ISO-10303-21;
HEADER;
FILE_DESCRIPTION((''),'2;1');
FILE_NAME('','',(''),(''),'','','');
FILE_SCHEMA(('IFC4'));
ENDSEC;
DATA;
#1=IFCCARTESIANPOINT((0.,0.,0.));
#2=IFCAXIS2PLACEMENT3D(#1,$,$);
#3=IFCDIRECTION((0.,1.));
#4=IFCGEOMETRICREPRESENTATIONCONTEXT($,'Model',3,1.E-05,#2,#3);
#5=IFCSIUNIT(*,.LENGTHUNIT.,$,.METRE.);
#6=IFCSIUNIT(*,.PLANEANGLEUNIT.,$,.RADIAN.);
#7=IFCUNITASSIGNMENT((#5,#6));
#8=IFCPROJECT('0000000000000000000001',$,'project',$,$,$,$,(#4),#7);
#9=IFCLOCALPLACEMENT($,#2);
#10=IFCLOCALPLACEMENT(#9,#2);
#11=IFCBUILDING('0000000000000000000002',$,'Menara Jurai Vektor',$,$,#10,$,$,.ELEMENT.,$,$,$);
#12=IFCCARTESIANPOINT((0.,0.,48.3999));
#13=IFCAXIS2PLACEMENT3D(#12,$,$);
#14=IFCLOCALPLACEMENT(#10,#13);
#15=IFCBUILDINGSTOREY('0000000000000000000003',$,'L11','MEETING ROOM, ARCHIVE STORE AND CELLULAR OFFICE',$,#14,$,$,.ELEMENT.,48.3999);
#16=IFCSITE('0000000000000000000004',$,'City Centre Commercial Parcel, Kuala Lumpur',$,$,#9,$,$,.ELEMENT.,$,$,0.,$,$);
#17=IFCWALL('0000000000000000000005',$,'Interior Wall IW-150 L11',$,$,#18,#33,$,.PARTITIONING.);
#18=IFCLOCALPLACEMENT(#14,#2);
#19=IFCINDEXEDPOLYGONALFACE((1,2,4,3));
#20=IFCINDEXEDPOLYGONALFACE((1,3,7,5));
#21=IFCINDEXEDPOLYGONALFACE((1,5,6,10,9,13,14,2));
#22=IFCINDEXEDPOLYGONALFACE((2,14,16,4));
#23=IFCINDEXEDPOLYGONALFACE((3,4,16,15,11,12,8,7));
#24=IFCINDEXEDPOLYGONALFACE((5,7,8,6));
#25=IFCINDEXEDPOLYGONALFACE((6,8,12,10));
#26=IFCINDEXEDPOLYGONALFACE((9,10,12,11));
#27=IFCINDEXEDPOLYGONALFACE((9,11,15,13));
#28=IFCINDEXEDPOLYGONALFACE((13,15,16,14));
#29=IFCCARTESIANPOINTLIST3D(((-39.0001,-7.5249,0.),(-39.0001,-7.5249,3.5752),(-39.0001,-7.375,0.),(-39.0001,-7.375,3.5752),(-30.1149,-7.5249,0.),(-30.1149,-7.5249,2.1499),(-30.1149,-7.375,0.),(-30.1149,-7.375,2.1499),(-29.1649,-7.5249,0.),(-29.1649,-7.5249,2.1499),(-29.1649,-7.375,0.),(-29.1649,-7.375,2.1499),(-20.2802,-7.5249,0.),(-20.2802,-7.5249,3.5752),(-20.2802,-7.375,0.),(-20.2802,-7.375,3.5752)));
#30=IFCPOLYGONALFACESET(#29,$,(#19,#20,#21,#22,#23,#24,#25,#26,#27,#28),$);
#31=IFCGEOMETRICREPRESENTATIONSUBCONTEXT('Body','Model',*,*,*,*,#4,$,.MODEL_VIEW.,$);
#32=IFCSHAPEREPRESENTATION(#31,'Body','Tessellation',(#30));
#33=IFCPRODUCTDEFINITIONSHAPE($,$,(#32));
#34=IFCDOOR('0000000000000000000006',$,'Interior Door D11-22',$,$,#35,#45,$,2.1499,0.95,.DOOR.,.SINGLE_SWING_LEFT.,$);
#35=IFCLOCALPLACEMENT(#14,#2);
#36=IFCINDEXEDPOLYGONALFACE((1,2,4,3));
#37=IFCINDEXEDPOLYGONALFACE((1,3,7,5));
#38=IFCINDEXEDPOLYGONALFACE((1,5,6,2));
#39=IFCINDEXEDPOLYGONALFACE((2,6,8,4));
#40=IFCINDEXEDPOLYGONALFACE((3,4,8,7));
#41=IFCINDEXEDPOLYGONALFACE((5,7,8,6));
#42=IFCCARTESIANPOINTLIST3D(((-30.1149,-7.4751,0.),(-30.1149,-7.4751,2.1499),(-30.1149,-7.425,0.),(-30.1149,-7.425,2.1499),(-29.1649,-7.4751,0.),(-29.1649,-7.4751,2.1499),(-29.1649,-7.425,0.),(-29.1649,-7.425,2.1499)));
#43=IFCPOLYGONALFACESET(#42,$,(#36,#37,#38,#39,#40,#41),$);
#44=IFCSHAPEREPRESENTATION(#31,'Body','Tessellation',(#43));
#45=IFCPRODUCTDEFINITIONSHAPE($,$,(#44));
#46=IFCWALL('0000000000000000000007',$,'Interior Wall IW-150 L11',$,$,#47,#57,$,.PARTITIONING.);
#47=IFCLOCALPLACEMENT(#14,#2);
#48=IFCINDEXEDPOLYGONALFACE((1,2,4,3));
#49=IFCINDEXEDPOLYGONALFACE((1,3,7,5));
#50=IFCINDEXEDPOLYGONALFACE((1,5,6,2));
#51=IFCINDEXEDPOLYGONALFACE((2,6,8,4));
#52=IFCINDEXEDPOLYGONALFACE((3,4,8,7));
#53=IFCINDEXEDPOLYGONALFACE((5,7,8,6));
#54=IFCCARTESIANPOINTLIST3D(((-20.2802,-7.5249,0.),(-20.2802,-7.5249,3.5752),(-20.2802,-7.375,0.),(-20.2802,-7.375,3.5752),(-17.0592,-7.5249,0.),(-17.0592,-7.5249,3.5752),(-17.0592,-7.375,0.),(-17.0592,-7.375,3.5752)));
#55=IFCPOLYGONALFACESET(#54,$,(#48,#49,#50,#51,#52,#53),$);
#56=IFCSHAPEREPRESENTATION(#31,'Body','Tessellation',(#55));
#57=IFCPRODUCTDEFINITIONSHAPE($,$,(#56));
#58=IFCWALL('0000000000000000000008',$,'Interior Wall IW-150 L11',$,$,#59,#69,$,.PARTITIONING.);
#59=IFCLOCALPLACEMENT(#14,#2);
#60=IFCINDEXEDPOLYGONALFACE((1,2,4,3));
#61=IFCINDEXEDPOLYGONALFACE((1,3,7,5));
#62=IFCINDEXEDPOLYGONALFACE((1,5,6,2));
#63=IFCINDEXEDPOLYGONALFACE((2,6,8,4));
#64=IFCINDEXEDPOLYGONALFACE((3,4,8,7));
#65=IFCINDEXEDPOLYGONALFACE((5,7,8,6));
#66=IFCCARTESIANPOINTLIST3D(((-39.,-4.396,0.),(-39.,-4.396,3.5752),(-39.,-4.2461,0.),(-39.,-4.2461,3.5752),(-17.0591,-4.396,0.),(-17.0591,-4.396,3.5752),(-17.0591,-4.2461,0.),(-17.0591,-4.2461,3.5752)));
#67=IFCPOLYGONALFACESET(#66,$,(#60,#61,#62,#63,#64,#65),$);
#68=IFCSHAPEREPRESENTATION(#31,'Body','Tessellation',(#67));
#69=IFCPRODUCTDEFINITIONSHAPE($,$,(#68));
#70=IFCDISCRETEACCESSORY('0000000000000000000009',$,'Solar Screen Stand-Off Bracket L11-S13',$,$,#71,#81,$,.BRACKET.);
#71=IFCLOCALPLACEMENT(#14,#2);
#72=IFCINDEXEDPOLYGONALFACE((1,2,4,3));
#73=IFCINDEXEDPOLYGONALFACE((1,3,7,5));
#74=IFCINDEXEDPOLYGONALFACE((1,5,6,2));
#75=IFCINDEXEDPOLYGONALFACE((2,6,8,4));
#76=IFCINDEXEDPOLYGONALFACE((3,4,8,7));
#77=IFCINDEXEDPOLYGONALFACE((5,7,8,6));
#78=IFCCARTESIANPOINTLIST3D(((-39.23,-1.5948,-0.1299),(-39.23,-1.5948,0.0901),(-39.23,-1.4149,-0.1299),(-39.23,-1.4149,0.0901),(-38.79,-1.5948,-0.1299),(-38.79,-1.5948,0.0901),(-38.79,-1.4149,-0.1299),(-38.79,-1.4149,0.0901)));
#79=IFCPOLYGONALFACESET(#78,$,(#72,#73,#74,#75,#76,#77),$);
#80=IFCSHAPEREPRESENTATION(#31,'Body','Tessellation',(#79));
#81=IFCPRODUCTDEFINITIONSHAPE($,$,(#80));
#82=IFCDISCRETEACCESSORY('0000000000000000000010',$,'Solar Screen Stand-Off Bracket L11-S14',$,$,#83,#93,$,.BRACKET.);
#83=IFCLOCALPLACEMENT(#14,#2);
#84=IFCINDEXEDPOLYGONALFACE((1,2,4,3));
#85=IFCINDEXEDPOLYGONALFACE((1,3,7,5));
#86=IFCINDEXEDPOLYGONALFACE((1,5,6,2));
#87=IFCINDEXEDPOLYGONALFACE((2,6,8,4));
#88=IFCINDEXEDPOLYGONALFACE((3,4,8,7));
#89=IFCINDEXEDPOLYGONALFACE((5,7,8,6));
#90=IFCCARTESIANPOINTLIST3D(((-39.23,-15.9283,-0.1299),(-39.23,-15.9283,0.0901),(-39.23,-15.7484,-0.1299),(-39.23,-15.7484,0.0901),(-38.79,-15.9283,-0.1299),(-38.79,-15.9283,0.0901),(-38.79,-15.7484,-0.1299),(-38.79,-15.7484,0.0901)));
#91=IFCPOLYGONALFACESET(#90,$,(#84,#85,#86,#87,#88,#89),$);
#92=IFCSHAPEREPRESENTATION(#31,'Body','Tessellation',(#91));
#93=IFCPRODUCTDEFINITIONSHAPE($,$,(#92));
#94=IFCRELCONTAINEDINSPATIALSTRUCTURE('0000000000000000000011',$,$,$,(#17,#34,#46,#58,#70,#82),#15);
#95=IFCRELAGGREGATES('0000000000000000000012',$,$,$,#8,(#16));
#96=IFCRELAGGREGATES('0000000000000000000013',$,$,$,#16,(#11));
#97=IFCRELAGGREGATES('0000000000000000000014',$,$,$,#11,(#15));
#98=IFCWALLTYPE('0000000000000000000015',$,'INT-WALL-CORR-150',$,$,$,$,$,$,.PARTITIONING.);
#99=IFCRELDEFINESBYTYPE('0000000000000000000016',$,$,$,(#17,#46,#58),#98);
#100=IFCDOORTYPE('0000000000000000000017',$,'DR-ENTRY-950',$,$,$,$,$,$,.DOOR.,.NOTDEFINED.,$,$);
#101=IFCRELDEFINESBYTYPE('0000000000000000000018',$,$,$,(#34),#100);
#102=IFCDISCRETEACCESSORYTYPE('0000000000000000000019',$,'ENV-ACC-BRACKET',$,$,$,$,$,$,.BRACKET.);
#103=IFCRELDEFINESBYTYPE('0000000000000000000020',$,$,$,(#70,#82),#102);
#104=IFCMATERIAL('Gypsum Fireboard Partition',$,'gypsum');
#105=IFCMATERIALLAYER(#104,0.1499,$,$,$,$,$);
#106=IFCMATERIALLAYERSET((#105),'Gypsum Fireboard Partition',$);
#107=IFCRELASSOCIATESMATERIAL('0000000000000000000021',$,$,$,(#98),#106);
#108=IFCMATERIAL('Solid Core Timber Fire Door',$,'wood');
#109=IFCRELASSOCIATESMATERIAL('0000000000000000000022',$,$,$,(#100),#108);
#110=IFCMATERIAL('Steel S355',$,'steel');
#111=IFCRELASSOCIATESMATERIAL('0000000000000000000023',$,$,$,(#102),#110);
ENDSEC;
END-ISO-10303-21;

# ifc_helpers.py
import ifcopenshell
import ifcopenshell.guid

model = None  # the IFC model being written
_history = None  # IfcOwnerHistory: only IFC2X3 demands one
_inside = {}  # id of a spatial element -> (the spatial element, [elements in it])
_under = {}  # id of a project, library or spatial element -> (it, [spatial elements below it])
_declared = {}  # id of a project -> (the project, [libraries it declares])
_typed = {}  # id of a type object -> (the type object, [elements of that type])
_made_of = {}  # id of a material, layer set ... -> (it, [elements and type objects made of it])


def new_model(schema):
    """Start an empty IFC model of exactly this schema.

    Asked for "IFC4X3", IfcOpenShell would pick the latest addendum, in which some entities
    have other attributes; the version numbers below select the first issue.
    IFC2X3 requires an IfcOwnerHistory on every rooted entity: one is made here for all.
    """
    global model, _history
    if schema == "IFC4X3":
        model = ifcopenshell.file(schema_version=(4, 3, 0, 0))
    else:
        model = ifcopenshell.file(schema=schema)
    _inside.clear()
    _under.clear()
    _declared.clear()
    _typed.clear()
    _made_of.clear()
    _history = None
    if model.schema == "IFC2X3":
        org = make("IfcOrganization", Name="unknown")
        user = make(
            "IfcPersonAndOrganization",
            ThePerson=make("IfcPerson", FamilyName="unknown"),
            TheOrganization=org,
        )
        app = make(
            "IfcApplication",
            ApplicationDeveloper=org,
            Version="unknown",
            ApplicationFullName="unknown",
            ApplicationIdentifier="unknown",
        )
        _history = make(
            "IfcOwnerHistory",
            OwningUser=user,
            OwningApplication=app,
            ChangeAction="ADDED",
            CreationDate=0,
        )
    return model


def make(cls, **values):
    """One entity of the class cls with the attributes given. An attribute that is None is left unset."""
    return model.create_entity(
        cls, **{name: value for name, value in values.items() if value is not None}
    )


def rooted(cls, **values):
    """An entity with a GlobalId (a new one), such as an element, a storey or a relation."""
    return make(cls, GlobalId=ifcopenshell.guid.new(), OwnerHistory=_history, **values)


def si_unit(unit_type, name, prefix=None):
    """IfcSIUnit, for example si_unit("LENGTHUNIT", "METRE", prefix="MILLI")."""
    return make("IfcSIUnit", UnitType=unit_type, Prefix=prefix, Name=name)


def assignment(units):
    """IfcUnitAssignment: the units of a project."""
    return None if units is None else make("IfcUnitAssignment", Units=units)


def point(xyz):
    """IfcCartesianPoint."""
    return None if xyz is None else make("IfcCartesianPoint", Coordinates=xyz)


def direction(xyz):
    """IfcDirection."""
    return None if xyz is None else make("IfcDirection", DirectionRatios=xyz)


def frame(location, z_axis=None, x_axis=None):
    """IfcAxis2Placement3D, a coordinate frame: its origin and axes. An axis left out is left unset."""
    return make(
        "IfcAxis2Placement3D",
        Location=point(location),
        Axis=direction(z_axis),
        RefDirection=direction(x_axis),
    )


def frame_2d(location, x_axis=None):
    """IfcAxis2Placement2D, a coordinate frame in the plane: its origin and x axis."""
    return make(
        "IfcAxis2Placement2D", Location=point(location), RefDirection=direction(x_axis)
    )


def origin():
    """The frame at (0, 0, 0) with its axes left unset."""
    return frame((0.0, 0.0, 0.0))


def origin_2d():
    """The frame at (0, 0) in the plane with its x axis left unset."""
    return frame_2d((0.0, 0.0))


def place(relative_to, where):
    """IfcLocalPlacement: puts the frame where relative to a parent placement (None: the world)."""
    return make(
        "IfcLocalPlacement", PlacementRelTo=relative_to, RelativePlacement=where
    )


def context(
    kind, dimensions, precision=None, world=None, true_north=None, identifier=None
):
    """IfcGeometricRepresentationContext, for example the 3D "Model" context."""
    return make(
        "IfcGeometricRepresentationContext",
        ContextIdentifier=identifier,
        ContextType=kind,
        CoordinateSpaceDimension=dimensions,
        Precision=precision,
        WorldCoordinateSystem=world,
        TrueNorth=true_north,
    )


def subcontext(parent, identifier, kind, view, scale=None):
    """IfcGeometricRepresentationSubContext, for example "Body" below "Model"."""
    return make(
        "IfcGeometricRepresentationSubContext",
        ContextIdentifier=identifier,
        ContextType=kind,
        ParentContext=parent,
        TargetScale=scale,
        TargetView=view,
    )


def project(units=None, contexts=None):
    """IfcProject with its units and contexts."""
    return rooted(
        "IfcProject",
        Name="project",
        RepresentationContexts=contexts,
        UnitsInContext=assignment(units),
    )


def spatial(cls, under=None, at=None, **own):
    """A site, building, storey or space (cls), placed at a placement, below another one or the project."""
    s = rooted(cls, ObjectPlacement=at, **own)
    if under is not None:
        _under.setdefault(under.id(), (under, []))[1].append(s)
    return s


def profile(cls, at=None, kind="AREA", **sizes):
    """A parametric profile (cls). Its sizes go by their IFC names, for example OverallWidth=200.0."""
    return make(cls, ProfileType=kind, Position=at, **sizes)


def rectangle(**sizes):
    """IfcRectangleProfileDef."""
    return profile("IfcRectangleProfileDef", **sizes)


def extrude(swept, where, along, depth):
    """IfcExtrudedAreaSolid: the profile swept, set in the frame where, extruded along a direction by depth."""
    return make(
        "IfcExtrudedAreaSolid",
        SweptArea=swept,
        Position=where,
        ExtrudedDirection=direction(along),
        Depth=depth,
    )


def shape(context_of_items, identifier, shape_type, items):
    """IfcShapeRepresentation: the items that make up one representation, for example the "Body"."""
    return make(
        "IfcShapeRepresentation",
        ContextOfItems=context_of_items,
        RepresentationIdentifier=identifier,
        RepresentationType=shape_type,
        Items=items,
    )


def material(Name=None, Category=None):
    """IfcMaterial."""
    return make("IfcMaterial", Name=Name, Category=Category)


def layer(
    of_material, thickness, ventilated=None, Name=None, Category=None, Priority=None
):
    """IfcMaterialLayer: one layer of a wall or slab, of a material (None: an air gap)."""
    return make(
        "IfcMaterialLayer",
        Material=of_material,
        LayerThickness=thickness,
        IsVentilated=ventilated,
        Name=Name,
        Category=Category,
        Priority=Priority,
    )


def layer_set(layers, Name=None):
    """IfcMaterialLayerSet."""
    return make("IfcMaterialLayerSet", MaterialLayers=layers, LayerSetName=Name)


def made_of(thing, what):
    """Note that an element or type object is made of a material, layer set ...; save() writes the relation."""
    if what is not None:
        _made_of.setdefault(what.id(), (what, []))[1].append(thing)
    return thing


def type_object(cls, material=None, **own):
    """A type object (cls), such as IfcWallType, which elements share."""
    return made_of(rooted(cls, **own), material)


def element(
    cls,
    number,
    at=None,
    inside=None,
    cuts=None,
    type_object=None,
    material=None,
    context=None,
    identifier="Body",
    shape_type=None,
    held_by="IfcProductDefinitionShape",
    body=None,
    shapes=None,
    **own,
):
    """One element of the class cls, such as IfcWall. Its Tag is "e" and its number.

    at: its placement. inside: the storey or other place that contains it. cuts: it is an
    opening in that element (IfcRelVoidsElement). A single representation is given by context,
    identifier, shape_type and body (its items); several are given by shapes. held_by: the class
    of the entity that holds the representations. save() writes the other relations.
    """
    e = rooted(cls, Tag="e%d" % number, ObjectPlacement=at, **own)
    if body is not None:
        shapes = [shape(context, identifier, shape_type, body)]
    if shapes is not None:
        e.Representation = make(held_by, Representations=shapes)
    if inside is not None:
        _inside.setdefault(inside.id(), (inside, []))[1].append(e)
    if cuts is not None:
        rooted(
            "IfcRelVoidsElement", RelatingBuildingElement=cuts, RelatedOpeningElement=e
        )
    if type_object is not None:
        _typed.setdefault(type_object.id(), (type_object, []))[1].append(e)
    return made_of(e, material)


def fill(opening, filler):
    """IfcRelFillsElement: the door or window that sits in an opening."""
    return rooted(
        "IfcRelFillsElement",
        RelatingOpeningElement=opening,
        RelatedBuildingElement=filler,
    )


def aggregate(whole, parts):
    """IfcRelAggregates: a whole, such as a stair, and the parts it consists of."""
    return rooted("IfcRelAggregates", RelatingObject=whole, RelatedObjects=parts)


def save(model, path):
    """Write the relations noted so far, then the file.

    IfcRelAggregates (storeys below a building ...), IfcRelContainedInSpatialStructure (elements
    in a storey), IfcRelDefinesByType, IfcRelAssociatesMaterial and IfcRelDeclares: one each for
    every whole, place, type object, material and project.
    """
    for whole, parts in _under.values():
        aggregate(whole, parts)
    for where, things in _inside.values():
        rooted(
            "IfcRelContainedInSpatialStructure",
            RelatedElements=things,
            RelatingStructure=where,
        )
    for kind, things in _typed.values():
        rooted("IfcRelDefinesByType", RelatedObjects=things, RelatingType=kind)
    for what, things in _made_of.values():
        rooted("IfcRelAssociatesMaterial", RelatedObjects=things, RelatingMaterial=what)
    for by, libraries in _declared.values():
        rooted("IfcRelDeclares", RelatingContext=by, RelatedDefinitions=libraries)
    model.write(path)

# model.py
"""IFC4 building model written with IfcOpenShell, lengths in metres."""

from ifc_helpers import new_model, si_unit, direction, frame, frame_2d, origin, origin_2d, place, context, subcontext, project, spatial, rectangle, extrude, material, layer, layer_set, type_object, element, fill, save


model = new_model("IFC4")

# Units and contexts
model_context = context("Model", 3, precision=1e-05, world=origin(), true_north=direction((0.0, 1.0)))
body_context = subcontext(model_context, "Body", "Model", "MODEL_VIEW")
ifc_project = project(units=[si_unit("LENGTHUNIT", "METRE"), si_unit("PLANEANGLEUNIT", "RADIAN")], contexts=[model_context])

# Site, building, storey
site_placement = place(None, origin())
site = spatial("IfcSite", under=ifc_project, at=site_placement, Name="City Centre Commercial Parcel, Kuala Lumpur", CompositionType="ELEMENT", RefElevation=0.0)
building_placement = place(site_placement, origin())
building = spatial("IfcBuilding", under=site, at=building_placement, Name="Menara Jurai Vektor", CompositionType="ELEMENT")
storey_placement = place(building_placement, frame((0.0, 0.0, 48.3999)))
storey = spatial("IfcBuildingStorey", under=building, at=storey_placement, Name="L11", Description="MEETING ROOM, ARCHIVE STORE AND CELLULAR OFFICE", CompositionType="ELEMENT", Elevation=48.3999)

# Shared definitions
ifc_material_1 = material(Name="Steel S355", Category="steel")

# Wall, opening, door
ifc_material_2 = material(Name="Gypsum Fireboard Partition", Category="gypsum")
ifc_layer_1 = layer(ifc_material_2, 0.1499)
ifc_layer_set_1 = layer_set([ifc_layer_1], Name="Gypsum Fireboard Partition")
wall_type = type_object("IfcWallType", Name="INT-WALL-CORR-150", PredefinedType="PARTITIONING", material=ifc_layer_set_1)
ifc_material_3 = material(Name="Solid Core Timber Fire Door", Category="wood")
door_type = type_object("IfcDoorType", Name="DR-ENTRY-950", OperationType="NOTDEFINED", PredefinedType="DOOR", material=ifc_material_3)
wall_1_placement = place(storey_placement, frame((-39.0, -7.45, 0.0), z_axis=(0.0, 0.0, 1.0), x_axis=(1.0, 0.0, 0.0)))
wall_1 = element("IfcWall", 1, at=wall_1_placement, inside=storey, type_object=wall_type, Name="Interior Wall IW-150 L11", PredefinedType="PARTITIONING", context=body_context, shape_type="SweptSolid", body=[
    extrude(rectangle(XDim=18.72, YDim=0.1499, at=frame_2d((9.3599, 0.0))), origin(), (0.0, 0.0, 1.0), 3.5752),
])
opening_1_placement = place(wall_1_placement, frame((8.885, 0.0, 0.0)))
opening_1 = element("IfcOpeningElement", 2, at=opening_1_placement, cuts=wall_1, PredefinedType="OPENING", context=body_context, shape_type="SweptSolid", body=[
    extrude(rectangle(XDim=0.95, YDim=2.1499, at=frame_2d((0.4751, 1.075))), frame((0.0, 0.085, 0.0), z_axis=(0.0, -1.0, 0.0), x_axis=(1.0, 0.0, 0.0)), (0.0, 0.0, 1.0), 0.1699),
])
door_1_placement = place(opening_1_placement, origin())
door_1 = element("IfcDoor", 3, at=door_1_placement, inside=storey, type_object=door_type, Name="Interior Door D11-22", OperationType="SINGLE_SWING_LEFT", OverallHeight=2.1499, OverallWidth=0.95, PredefinedType="DOOR", context=body_context, shape_type="SweptSolid", body=[
    extrude(rectangle(XDim=0.95, YDim=2.1499, at=frame_2d((0.4751, 1.075))), frame((0.0, 0.0249, 0.0), z_axis=(0.0, -1.0, 0.0), x_axis=(1.0, 0.0, 0.0)), (0.0, 0.0, 1.0), 0.05),
])
fill(opening_1, door_1)

# Walls
wall_2_placement = place(storey_placement, frame((-20.28, -7.45, 0.0), z_axis=(0.0, 0.0, 1.0), x_axis=(1.0, 0.0, 0.0)))
element("IfcWall", 4, at=wall_2_placement, inside=storey, type_object=wall_type, Name="Interior Wall IW-150 L11", PredefinedType="PARTITIONING", context=body_context, shape_type="SweptSolid", body=[
    extrude(rectangle(XDim=3.2209, YDim=0.1499, at=frame_2d((1.6104, 0.0))), origin(), (0.0, 0.0, 1.0), 3.5752),
])
wall_3_placement = place(storey_placement, frame((-39.0, -4.321, 0.0), z_axis=(0.0, 0.0, 1.0), x_axis=(1.0, 0.0, 0.0)))
element("IfcWall", 5, at=wall_3_placement, inside=storey, type_object=wall_type, Name="Interior Wall IW-150 L11", PredefinedType="PARTITIONING", context=body_context, shape_type="SweptSolid", body=[
    extrude(rectangle(XDim=21.9409, YDim=0.1499, at=frame_2d((10.9705, 0.0))), origin(), (0.0, 0.0, 1.0), 3.5752),
])

# Discrete accessories
discrete_accessory_type = type_object("IfcDiscreteAccessoryType", Name="ENV-ACC-BRACKET", PredefinedType="BRACKET", material=ifc_material_1)
for number, where, z_axis, x_axis, name in (
    (6, (-39.01, -1.5049, -0.1299), (0.0, 0.0, 1.0), (0.0, -1.0, 0.0), "Solar Screen Stand-Off Bracket L11-S13"),
    (7, (-39.01, -15.8384, -0.1299), (0.0, 0.0, 1.0), (0.0, -1.0, 0.0), "Solar Screen Stand-Off Bracket L11-S14"),
):
    element("IfcDiscreteAccessory", number, at=place(storey_placement, frame(where, z_axis=z_axis, x_axis=x_axis)), inside=storey, type_object=discrete_accessory_type, Name=name, PredefinedType="BRACKET", context=body_context, shape_type="SweptSolid", body=[
        extrude(rectangle(XDim=0.1799, YDim=0.4399, at=origin_2d()), origin(), (0.0, 0.0, 1.0), 0.22),
    ])

save(model, "model.ifc")
